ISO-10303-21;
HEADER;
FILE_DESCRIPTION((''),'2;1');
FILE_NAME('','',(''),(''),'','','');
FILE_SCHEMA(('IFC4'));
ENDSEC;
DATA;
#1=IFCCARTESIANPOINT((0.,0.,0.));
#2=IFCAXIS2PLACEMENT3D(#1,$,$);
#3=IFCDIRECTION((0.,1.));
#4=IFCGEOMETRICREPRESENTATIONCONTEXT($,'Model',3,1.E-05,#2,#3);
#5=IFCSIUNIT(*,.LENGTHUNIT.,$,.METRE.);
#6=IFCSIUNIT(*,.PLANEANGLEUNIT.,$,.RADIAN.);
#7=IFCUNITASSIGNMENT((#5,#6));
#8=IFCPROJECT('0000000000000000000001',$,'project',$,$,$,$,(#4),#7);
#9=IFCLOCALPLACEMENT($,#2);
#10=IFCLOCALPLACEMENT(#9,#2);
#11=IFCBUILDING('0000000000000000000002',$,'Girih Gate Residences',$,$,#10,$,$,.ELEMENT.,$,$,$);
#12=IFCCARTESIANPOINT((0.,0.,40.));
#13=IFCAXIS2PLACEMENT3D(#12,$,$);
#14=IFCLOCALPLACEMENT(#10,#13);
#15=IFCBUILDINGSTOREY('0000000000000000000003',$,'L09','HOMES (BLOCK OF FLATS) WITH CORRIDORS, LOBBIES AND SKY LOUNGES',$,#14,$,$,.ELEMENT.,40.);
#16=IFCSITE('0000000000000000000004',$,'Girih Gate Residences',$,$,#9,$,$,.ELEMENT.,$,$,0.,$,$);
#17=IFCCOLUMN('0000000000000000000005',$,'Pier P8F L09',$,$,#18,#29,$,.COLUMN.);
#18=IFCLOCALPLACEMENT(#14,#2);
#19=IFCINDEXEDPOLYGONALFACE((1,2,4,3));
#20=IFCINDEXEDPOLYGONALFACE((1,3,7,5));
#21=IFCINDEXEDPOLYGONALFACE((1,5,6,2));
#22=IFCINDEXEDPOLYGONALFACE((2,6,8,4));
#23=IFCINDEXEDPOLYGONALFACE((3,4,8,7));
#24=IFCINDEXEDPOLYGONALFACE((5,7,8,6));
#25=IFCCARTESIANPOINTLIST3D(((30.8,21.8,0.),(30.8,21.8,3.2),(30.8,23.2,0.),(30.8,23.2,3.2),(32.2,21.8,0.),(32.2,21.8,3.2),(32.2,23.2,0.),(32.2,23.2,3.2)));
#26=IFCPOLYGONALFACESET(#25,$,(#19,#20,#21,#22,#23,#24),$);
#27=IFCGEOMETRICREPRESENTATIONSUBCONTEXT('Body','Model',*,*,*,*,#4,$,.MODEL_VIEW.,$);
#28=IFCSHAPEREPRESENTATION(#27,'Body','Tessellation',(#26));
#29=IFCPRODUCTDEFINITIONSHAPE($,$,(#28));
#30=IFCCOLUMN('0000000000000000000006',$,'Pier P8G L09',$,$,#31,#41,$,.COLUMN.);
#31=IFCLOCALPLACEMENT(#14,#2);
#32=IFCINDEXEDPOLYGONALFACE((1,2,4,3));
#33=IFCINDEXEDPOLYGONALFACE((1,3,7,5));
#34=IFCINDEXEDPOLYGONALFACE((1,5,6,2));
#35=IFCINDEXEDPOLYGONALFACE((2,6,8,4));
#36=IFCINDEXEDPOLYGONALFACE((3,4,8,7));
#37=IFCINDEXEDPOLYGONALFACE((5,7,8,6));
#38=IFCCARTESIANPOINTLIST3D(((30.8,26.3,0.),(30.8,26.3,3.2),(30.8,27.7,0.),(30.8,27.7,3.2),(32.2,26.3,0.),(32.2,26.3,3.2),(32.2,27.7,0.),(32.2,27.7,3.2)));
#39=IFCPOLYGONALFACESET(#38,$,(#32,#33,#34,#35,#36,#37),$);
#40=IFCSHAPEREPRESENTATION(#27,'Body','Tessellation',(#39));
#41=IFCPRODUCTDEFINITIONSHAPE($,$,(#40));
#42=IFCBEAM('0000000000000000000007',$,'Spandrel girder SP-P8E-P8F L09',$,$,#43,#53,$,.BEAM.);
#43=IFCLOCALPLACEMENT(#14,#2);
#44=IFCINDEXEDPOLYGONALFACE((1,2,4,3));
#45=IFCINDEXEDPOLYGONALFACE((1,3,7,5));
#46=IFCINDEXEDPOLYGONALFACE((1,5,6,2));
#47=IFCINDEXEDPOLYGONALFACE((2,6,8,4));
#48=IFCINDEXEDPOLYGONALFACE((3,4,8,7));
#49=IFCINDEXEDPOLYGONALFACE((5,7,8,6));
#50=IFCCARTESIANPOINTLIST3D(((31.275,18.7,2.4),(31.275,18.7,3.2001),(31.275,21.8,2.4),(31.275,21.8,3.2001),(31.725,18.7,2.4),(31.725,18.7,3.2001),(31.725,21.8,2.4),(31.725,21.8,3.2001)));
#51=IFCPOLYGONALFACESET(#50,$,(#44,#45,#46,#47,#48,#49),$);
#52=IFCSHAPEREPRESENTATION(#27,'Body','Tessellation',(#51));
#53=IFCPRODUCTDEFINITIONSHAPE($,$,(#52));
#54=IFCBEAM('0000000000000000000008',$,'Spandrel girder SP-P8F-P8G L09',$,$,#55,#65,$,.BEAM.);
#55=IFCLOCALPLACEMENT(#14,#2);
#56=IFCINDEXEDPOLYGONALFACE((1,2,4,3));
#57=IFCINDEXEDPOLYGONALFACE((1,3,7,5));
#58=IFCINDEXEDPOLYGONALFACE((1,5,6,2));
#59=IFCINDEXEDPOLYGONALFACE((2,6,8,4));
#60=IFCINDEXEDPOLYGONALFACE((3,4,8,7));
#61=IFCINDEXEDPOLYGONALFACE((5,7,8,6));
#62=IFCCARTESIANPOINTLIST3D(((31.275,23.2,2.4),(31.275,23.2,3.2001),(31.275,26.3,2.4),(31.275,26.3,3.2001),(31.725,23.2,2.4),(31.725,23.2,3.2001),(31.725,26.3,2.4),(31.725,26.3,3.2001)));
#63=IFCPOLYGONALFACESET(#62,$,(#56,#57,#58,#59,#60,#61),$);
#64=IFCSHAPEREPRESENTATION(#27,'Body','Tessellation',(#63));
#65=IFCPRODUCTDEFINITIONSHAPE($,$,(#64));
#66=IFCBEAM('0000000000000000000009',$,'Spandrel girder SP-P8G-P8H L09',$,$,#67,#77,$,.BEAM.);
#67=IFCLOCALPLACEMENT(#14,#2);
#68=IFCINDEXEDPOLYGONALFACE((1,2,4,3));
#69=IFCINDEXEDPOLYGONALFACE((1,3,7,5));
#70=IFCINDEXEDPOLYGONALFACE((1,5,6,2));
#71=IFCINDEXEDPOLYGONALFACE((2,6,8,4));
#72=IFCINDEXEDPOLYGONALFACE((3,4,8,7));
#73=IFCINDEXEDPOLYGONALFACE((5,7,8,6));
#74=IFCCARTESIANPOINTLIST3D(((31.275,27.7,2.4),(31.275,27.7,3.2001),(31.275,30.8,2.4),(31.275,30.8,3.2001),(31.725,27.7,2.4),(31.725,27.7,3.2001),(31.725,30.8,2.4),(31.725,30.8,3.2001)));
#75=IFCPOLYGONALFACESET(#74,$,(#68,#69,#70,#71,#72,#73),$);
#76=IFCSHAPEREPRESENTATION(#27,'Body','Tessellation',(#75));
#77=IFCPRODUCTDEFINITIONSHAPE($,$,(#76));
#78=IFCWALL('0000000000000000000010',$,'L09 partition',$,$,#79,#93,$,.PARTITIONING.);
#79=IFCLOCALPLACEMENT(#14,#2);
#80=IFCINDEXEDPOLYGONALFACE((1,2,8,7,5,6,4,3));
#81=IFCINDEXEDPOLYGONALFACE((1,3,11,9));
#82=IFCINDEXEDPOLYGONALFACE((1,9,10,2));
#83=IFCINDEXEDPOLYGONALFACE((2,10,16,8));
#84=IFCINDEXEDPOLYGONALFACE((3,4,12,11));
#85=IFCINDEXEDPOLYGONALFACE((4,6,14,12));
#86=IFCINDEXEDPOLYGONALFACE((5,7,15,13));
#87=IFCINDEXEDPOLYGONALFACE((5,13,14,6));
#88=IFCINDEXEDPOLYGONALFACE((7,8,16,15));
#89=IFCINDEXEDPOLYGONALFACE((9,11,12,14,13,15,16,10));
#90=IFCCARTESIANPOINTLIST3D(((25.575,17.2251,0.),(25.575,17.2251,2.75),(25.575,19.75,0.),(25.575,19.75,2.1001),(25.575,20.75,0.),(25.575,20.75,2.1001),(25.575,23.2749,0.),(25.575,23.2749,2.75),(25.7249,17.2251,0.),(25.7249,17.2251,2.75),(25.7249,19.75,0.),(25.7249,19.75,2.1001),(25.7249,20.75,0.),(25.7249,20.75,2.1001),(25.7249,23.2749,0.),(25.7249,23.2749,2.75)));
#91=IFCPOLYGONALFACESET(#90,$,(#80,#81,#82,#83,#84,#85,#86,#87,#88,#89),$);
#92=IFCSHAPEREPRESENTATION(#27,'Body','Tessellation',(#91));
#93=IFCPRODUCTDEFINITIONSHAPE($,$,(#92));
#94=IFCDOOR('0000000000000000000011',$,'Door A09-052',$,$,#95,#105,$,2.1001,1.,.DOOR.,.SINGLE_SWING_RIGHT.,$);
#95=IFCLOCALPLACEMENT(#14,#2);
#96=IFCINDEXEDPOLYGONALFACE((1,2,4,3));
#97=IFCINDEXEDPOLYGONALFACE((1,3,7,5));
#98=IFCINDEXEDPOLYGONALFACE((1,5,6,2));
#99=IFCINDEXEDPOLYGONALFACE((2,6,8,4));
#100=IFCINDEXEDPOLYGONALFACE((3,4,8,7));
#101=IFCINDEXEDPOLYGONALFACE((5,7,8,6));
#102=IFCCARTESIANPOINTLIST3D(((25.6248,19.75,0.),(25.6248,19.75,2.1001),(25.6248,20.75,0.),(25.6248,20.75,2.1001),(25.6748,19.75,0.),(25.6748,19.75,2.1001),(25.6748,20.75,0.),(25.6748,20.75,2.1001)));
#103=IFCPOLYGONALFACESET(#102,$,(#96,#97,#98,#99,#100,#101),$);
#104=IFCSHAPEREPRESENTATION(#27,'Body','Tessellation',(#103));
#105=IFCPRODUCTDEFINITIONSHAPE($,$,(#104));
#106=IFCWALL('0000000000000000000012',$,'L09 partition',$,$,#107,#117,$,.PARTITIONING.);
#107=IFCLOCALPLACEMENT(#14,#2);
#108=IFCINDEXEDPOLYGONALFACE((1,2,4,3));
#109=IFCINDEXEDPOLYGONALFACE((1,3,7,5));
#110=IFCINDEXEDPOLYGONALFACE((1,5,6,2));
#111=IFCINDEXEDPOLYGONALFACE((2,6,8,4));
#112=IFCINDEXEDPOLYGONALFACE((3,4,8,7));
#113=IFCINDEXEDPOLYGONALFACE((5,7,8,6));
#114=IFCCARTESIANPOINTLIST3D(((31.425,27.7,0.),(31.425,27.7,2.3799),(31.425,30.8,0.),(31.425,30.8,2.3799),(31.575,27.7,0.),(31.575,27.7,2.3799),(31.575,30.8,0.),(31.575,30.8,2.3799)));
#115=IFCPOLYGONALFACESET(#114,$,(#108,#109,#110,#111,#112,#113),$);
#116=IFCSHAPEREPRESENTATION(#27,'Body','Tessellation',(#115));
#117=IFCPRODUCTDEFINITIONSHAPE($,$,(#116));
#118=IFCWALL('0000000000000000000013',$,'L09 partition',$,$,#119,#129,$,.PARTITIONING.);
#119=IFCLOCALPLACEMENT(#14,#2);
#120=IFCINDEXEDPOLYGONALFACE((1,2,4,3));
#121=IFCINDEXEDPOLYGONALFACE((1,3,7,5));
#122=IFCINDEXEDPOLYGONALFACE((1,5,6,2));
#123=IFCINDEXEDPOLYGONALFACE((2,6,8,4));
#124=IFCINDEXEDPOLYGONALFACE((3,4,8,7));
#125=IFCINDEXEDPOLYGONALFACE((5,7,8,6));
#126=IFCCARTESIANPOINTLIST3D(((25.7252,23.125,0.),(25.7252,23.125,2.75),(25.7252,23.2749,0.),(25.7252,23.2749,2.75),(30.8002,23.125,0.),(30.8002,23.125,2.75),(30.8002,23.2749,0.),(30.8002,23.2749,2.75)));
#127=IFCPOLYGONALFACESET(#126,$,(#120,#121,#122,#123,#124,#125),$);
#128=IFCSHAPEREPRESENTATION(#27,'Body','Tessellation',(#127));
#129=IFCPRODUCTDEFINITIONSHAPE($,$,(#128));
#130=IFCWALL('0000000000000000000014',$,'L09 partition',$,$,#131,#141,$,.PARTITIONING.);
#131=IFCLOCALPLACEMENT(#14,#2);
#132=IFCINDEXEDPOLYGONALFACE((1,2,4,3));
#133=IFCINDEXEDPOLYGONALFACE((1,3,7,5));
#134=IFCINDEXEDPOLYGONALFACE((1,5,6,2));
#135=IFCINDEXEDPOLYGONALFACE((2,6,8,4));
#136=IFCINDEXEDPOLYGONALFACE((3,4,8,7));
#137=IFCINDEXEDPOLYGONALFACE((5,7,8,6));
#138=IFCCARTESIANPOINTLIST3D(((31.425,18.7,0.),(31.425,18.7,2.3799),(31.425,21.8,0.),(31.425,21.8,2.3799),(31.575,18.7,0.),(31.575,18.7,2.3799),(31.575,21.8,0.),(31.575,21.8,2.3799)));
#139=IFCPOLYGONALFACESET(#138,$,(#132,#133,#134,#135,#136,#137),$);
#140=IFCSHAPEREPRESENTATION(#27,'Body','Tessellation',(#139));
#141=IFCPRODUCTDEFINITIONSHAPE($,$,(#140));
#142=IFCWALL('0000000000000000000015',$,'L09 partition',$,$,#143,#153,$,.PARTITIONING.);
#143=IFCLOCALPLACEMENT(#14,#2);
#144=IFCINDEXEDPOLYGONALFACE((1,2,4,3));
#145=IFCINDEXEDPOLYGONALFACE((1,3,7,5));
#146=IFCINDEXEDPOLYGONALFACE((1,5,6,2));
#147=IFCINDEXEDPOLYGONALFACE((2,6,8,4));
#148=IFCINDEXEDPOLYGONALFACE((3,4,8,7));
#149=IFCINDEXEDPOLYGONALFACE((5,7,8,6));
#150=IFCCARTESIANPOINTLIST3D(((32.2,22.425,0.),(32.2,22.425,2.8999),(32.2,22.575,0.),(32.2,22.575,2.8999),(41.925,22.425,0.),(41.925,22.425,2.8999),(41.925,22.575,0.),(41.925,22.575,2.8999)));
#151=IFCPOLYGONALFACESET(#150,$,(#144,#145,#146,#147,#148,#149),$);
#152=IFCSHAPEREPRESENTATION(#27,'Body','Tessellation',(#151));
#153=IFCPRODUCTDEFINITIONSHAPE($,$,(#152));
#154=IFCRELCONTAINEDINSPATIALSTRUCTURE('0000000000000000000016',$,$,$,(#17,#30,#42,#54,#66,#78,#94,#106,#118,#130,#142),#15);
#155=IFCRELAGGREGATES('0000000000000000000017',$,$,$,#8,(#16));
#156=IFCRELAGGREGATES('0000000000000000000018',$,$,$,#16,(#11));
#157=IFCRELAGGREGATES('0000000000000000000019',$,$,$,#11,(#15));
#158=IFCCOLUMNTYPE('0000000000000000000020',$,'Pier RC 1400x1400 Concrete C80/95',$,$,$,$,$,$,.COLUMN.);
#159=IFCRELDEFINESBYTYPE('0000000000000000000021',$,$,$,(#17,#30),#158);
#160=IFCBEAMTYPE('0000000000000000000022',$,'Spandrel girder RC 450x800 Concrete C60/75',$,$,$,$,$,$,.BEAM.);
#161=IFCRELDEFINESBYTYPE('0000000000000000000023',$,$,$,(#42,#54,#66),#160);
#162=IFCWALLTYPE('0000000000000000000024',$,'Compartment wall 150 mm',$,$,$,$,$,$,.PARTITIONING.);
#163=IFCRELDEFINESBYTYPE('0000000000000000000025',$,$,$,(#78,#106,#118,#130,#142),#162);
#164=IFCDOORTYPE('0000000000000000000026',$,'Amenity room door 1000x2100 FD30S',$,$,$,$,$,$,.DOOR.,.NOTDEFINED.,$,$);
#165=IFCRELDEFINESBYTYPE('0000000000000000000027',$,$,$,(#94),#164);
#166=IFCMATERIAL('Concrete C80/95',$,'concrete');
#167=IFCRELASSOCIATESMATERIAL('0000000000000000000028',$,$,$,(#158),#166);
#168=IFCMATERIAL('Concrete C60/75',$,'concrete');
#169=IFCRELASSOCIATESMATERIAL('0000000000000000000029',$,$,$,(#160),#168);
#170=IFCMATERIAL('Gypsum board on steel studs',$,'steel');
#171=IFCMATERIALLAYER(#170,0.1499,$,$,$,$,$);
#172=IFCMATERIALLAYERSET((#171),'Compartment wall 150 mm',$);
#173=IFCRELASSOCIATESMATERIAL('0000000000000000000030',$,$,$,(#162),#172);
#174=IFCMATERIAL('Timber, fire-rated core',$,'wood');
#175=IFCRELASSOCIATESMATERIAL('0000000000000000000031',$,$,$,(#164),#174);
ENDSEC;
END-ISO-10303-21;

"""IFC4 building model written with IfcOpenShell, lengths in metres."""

from ifc_helpers import new_model, si_unit, direction, frame, frame_2d, origin, origin_2d, place, context, subcontext, project, spatial, rectangle, extrude, material, layer, layer_set, material_profile, profile_set, type_object, element, fill, save


model = new_model("IFC4")

# Units and contexts
model_context = context("Model", 3, precision=1e-05, world=origin(), true_north=direction((0.0, 1.0)))
body_context = subcontext(model_context, "Body", "Model", "MODEL_VIEW")
ifc_project = project(units=[si_unit("LENGTHUNIT", "METRE"), si_unit("PLANEANGLEUNIT", "RADIAN")], contexts=[model_context])

# Site, building, storey
site_placement = place(None, origin())
site = spatial("IfcSite", under=ifc_project, at=site_placement, Name="Girih Gate Residences", CompositionType="ELEMENT", RefElevation=0.0)
building_placement = place(site_placement, origin())
building = spatial("IfcBuilding", under=site, at=building_placement, Name="Girih Gate Residences", CompositionType="ELEMENT")
storey_placement = place(building_placement, frame((0.0, 0.0, 40.0)))
storey = spatial("IfcBuildingStorey", under=building, at=storey_placement, Name="L09", Description="HOMES (BLOCK OF FLATS) WITH CORRIDORS, LOBBIES AND SKY LOUNGES", CompositionType="ELEMENT", Elevation=40.0)

# Columns
ifc_material_1 = material(Name="Concrete C80/95", Category="concrete")
ifc_material_profile_1 = material_profile(ifc_material_1, rectangle(XDim=1.3999, YDim=1.3999, at=origin_2d()))
ifc_profile_set_1 = profile_set([ifc_material_profile_1], Name="Concrete C80/95")
column_type = type_object("IfcColumnType", Name="Pier RC 1400x1400 Concrete C80/95", PredefinedType="COLUMN", material=ifc_profile_set_1)
for number, where, z_axis, x_axis, name in (
    (1, (31.5, 22.5, 0.0), (0.0, 0.0, 1.0), (1.0, 0.0, 0.0), "Pier P8F L09"),
    (2, (31.5, 27.0, 0.0), (0.0, 0.0, 1.0), (1.0, 0.0, 0.0), "Pier P8G L09"),
):
    element("IfcColumn", number, at=place(storey_placement, frame(where, z_axis=z_axis, x_axis=x_axis)), inside=storey, type_object=column_type, Name=name, PredefinedType="COLUMN", context=body_context, shape_type="SweptSolid", body=[
        extrude(rectangle(XDim=1.3999, YDim=1.3999, at=origin_2d()), origin(), (0.0, 0.0, 1.0), 3.2),
    ])

# Beams
ifc_material_2 = material(Name="Concrete C60/75", Category="concrete")
ifc_material_profile_2 = material_profile(ifc_material_2, rectangle(XDim=0.45, YDim=0.8, at=origin_2d()))
ifc_profile_set_2 = profile_set([ifc_material_profile_2], Name="Concrete C60/75")
beam_type = type_object("IfcBeamType", Name="Spandrel girder RC 450x800 Concrete C60/75", PredefinedType="BEAM", material=ifc_profile_set_2)
for number, where, z_axis, x_axis, name in (
    (3, (31.5, 18.7, 2.8), (0.0, 1.0, 0.0), (-1.0, 0.0, 0.0), "Spandrel girder SP-P8E-P8F L09"),
    (4, (31.5, 23.2, 2.8), (0.0, 1.0, 0.0), (-1.0, 0.0, 0.0), "Spandrel girder SP-P8F-P8G L09"),
    (5, (31.5, 27.7, 2.8), (0.0, 1.0, 0.0), (-1.0, 0.0, 0.0), "Spandrel girder SP-P8G-P8H L09"),
):
    element("IfcBeam", number, at=place(storey_placement, frame(where, z_axis=z_axis, x_axis=x_axis)), inside=storey, type_object=beam_type, Name=name, PredefinedType="BEAM", context=body_context, shape_type="SweptSolid", body=[
        extrude(rectangle(XDim=0.45, YDim=0.8, at=origin_2d()), origin(), (0.0, 0.0, 1.0), 3.1001),
    ])

# Wall, opening, door
ifc_material_3 = material(Name="Gypsum board on steel studs", Category="steel")
ifc_layer_1 = layer(ifc_material_3, 0.1499)
ifc_layer_set_1 = layer_set([ifc_layer_1], Name="Compartment wall 150 mm")
wall_type_1 = type_object("IfcWallType", Name="Compartment wall 150 mm", PredefinedType="PARTITIONING", material=ifc_layer_set_1)
wall_1_placement = place(storey_placement, frame((25.6499, 23.2749, 0.0), z_axis=(0.0, 0.0, 1.0), x_axis=(0.0, -1.0, 0.0)))
wall_1 = element("IfcWall", 6, at=wall_1_placement, inside=storey, type_object=wall_type_1, Name="L09 partition", PredefinedType="PARTITIONING", context=body_context, shape_type="SweptSolid", body=[
    extrude(rectangle(XDim=6.0498, YDim=0.1499, at=frame_2d((3.0249, 0.0))), origin(), (0.0, 0.0, 1.0), 2.75),
])
opening_1_placement = place(wall_1_placement, frame((2.5249, 0.0, 0.0)))
opening_1 = element("IfcOpeningElement", 7, at=opening_1_placement, cuts=wall_1, PredefinedType="OPENING", context=body_context, shape_type="SweptSolid", body=[
    extrude(rectangle(XDim=1.0, YDim=2.1001, at=frame_2d((0.5, 1.05))), frame((0.0, 0.085, 0.0), z_axis=(0.0, -1.0, 0.0), x_axis=(1.0, 0.0, 0.0)), (0.0, 0.0, 1.0), 0.1699),
])
ifc_material_4 = material(Name="Timber, fire-rated core", Category="wood")
door_type_1 = type_object("IfcDoorType", Name="Amenity room door 1000x2100 FD30S", OperationType="NOTDEFINED", PredefinedType="DOOR", material=ifc_material_4)
door_1_placement = place(opening_1_placement, origin())
door_1 = element("IfcDoor", 8, at=door_1_placement, inside=storey, type_object=door_type_1, Name="Door A09-052", OperationType="SINGLE_SWING_RIGHT", OverallHeight=2.1001, OverallWidth=1.0, PredefinedType="DOOR", context=body_context, shape_type="SweptSolid", body=[
    extrude(rectangle(XDim=1.0, YDim=2.1001, at=frame_2d((0.5, 1.05))), frame((0.0, 0.0249, 0.0), z_axis=(0.0, -1.0, 0.0), x_axis=(1.0, 0.0, 0.0)), (0.0, 0.0, 1.0), 0.05),
])
fill(opening_1, door_1)

# Walls
wall_2_placement = place(storey_placement, frame((31.5, 27.7, 0.0), z_axis=(0.0, 0.0, 1.0), x_axis=(0.0, 1.0, 0.0)))
element("IfcWall", 9, at=wall_2_placement, inside=storey, type_object=wall_type_1, Name="L09 partition", PredefinedType="PARTITIONING", context=body_context, shape_type="SweptSolid", body=[
    extrude(rectangle(XDim=3.1001, YDim=0.1499, at=frame_2d((1.55, 0.0))), origin(), (0.0, 0.0, 1.0), 2.3799),
])
wall_3_placement = place(storey_placement, frame((25.7251, 23.2, 0.0), z_axis=(0.0, 0.0, 1.0), x_axis=(1.0, 0.0, 0.0)))
element("IfcWall", 10, at=wall_3_placement, inside=storey, type_object=wall_type_1, Name="L09 partition", PredefinedType="PARTITIONING", context=body_context, shape_type="SweptSolid", body=[
    extrude(rectangle(XDim=5.075, YDim=0.1499, at=frame_2d((2.5376, 0.0))), origin(), (0.0, 0.0, 1.0), 2.75),
])
wall_4_placement = place(storey_placement, frame((31.5, 18.7, 0.0), z_axis=(0.0, 0.0, 1.0), x_axis=(0.0, 1.0, 0.0)))
element("IfcWall", 11, at=wall_4_placement, inside=storey, type_object=wall_type_1, Name="L09 partition", PredefinedType="PARTITIONING", context=body_context, shape_type="SweptSolid", body=[
    extrude(rectangle(XDim=3.1001, YDim=0.1499, at=frame_2d((1.55, 0.0))), origin(), (0.0, 0.0, 1.0), 2.3799),
])
wall_5_placement = place(storey_placement, frame((32.2, 22.5, 0.0), z_axis=(0.0, 0.0, 1.0), x_axis=(1.0, 0.0, 0.0)))
element("IfcWall", 12, at=wall_5_placement, inside=storey, type_object=wall_type_1, Name="L09 partition", PredefinedType="PARTITIONING", context=body_context, shape_type="SweptSolid", body=[
    extrude(rectangle(XDim=9.7251, YDim=0.1499, at=frame_2d((4.8625, 0.0))), origin(), (0.0, 0.0, 1.0), 2.8999),
])

save(model, "model.ifc")
